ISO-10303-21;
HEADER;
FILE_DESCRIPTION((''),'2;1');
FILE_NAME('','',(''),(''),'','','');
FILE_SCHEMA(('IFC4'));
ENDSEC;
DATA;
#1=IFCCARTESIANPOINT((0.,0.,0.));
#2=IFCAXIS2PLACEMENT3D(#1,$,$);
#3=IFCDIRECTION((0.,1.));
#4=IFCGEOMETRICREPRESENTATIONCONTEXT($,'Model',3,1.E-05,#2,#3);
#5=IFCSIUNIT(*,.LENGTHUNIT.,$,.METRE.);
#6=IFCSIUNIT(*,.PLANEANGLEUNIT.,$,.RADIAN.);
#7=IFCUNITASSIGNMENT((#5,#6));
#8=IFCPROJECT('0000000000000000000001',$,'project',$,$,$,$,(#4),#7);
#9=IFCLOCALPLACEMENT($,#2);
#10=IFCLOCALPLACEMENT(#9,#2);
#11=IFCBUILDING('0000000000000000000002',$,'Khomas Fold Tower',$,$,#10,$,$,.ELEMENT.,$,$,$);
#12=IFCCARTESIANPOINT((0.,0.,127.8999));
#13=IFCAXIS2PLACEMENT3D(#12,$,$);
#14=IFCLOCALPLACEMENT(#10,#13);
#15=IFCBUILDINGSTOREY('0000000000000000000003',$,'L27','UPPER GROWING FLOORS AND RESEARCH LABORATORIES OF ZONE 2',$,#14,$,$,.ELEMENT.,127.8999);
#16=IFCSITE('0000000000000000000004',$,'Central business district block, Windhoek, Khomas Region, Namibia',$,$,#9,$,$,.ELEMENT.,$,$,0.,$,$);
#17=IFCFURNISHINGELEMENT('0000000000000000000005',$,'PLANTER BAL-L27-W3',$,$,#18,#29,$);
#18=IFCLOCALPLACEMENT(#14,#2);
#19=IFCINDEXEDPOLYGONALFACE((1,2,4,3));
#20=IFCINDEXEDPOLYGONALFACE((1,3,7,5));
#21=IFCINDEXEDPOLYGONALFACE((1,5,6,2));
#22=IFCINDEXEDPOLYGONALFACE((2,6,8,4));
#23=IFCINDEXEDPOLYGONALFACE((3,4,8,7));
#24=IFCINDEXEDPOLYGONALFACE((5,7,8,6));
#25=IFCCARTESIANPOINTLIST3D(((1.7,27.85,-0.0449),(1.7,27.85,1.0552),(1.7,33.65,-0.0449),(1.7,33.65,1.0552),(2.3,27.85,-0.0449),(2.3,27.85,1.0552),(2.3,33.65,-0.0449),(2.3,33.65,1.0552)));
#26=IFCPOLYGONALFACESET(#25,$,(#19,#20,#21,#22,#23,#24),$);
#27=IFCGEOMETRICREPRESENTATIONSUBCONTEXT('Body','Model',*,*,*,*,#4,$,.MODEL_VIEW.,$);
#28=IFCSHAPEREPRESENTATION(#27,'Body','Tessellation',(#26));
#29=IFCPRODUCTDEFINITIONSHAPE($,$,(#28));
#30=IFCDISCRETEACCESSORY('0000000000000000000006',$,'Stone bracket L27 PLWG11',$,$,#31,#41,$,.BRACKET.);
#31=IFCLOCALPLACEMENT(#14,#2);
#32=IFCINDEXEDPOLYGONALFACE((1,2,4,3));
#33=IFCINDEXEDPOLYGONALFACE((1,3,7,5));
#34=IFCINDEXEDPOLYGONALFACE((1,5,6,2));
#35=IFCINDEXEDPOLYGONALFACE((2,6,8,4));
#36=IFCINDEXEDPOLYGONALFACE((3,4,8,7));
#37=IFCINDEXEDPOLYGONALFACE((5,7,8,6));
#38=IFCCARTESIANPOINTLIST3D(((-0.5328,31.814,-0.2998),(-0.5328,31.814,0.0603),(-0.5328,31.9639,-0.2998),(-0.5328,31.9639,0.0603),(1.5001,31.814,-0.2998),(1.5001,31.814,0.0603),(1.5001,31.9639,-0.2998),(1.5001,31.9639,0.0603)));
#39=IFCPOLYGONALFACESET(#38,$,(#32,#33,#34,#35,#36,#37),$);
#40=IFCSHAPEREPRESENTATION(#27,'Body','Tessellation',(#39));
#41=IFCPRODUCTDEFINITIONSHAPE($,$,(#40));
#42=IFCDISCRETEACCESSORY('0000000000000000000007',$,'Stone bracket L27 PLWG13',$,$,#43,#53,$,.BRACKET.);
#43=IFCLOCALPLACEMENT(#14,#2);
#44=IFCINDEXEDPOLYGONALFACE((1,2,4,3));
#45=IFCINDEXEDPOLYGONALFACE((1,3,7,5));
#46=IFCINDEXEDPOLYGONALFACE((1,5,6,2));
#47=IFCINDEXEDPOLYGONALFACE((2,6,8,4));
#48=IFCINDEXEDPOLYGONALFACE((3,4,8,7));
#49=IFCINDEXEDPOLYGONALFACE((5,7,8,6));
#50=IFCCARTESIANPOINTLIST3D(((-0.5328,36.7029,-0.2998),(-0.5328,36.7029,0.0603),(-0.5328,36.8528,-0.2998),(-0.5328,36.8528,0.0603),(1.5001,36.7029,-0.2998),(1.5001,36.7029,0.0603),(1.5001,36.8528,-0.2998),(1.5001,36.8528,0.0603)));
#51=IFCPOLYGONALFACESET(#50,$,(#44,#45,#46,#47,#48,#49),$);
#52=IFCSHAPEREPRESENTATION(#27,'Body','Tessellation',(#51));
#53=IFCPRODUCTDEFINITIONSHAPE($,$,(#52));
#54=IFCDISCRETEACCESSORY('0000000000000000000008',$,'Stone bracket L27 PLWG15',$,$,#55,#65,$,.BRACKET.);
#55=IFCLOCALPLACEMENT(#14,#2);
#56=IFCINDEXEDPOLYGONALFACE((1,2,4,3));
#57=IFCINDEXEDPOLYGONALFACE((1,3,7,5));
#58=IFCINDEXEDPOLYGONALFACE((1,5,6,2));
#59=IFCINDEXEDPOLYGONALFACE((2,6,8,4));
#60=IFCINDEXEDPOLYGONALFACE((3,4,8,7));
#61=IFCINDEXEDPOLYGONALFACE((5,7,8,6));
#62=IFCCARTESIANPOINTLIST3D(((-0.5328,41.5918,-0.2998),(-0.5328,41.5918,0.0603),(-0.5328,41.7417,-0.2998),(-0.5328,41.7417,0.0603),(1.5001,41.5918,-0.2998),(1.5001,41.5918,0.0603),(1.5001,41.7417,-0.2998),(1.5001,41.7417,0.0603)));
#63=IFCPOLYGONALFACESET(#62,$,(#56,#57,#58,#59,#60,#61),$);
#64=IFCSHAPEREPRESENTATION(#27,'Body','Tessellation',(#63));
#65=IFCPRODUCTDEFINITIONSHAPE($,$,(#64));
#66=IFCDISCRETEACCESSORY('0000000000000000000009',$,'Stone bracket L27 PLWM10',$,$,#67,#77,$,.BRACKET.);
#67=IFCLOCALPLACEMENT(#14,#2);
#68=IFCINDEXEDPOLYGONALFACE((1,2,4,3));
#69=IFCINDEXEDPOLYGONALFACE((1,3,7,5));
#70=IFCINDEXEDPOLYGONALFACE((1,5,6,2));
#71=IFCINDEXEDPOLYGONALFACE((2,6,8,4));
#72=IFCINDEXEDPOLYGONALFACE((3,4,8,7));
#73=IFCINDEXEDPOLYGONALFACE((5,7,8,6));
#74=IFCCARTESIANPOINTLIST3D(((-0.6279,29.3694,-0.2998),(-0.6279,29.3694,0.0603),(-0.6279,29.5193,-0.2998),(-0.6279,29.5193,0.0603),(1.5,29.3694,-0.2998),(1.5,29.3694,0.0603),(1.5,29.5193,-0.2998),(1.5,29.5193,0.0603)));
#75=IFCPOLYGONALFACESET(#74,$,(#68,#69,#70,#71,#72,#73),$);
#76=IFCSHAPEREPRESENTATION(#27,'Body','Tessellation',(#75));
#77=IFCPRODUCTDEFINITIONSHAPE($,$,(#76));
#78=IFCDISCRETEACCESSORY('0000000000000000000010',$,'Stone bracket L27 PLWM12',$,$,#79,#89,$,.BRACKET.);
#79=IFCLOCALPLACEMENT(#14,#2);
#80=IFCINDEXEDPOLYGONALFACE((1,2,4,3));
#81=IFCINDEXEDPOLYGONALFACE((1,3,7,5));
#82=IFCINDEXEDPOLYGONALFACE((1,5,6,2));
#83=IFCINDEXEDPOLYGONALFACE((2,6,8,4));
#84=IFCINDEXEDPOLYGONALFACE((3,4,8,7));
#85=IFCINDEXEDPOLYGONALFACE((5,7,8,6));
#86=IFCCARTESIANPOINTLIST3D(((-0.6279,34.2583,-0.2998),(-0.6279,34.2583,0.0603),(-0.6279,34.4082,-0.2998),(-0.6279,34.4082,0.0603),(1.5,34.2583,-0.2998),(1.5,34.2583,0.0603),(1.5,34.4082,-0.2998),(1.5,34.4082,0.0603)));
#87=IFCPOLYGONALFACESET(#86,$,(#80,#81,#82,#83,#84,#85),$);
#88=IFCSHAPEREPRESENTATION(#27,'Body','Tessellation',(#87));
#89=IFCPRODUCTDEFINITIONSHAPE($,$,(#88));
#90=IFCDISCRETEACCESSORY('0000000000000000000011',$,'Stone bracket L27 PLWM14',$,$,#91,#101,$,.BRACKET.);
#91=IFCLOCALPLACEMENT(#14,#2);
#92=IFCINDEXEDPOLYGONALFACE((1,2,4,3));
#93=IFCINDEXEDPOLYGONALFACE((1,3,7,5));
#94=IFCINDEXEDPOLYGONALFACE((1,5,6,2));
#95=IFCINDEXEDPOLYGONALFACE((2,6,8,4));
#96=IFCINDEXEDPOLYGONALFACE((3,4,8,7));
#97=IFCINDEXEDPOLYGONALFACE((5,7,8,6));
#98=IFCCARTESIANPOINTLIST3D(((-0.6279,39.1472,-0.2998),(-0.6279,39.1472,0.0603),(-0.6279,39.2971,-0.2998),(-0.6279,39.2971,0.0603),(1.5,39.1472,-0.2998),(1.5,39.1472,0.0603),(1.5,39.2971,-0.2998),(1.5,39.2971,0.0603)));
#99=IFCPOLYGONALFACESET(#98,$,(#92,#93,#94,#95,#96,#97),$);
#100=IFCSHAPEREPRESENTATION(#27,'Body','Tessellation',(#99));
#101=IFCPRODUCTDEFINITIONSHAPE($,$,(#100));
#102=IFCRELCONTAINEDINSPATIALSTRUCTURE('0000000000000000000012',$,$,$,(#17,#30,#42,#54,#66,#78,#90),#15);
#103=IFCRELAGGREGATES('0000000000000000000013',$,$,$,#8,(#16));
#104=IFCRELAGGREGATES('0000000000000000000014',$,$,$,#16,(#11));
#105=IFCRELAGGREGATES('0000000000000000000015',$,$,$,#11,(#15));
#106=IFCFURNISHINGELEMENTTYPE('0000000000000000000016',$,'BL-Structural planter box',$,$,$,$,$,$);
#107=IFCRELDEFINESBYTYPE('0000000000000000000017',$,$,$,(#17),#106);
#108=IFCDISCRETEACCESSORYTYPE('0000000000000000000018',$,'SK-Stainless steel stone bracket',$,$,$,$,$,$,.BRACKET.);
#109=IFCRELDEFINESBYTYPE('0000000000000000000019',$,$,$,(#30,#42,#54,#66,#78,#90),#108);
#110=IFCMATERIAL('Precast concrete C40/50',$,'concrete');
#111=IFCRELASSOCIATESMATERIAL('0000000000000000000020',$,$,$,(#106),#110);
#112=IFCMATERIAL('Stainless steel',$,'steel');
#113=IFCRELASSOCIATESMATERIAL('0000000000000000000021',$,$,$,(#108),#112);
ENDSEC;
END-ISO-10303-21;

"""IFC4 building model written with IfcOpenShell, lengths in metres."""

from ifc_helpers import new_model, si_unit, direction, frame, origin, origin_2d, place, context, subcontext, project, spatial, rectangle, extrude, source, transform, mapped, material, type_object, element, save


model = new_model("IFC4")

# Units and contexts
model_context = context("Model", 3, precision=1e-05, world=origin(), true_north=direction((0.0, 1.0)))
body_context = subcontext(model_context, "Body", "Model", "MODEL_VIEW")
ifc_project = project(units=[si_unit("LENGTHUNIT", "METRE"), si_unit("PLANEANGLEUNIT", "RADIAN")], contexts=[model_context])

# Site, building, storey
site_placement = place(None, origin())
site = spatial("IfcSite", under=ifc_project, at=site_placement, Name="Central business district block, Windhoek, Khomas Region, Namibia", CompositionType="ELEMENT", RefElevation=0.0)
building_placement = place(site_placement, origin())
building = spatial("IfcBuilding", under=site, at=building_placement, Name="Khomas Fold Tower", CompositionType="ELEMENT")
storey_placement = place(building_placement, frame((0.0, 0.0, 127.8999)))
storey = spatial("IfcBuildingStorey", under=building, at=storey_placement, Name="L27", Description="UPPER GROWING FLOORS AND RESEARCH LABORATORIES OF ZONE 2", CompositionType="ELEMENT", Elevation=127.8999)

# Furnishing element
ifc_material_1 = material(Name="Precast concrete C40/50", Category="concrete")
furnishing_element_type_1 = type_object("IfcFurnishingElementType", Name="BL-Structural planter box", material=ifc_material_1)
shared_shape_1 = source(origin(), body_context, "Body", "SweptSolid", [
    extrude(rectangle(XDim=5.8, YDim=0.6001, at=origin_2d()), origin(), (0.0, 0.0, 1.0), 1.1001),
])
furnishing_1_placement = place(storey_placement, frame((2.0, 30.75, -0.0449), z_axis=(0.0, 0.0, 1.0), x_axis=(0.0, 1.0, 0.0)))
element("IfcFurnishingElement", 1, at=furnishing_1_placement, inside=storey, type_object=furnishing_element_type_1, Name="PLANTER BAL-L27-W3", context=body_context, shape_type="MappedRepresentation", body=[
    mapped(shared_shape_1, transform((0.0, 0.0, 0.0))),
])

# Discrete accessories
ifc_material_2 = material(Name="Stainless steel", Category="steel")
discrete_accessory_type = type_object("IfcDiscreteAccessoryType", Name="SK-Stainless steel stone bracket", PredefinedType="BRACKET", material=ifc_material_2)
shared_shape_2 = source(origin(), body_context, "Body", "SweptSolid", [
    extrude(rectangle(XDim=2.033, YDim=0.1499, at=origin_2d()), origin(), (0.0, 0.0, 1.0), 0.3601),
])
for number, where, z_axis, x_axis, name in (
    (2, (0.4836, 31.8889, -0.2998), (0.0, 0.0, 1.0), (-1.0, 0.0, 0.0), "Stone bracket L27 PLWG11"),
    (3, (0.4836, 36.7778, -0.2998), (0.0, 0.0, 1.0), (-1.0, 0.0, 0.0), "Stone bracket L27 PLWG13"),
    (4, (0.4836, 41.6667, -0.2998), (0.0, 0.0, 1.0), (-1.0, 0.0, 0.0), "Stone bracket L27 PLWG15"),
):
    element("IfcDiscreteAccessory", number, at=place(storey_placement, frame(where, z_axis=z_axis, x_axis=x_axis)), inside=storey, type_object=discrete_accessory_type, Name=name, PredefinedType="BRACKET", context=body_context, shape_type="MappedRepresentation", body=[
        mapped(shared_shape_2, transform((0.0, 0.0, 0.0))),
    ])
shared_shape_3 = source(origin(), body_context, "Body", "SweptSolid", [
    extrude(rectangle(XDim=2.1279, YDim=0.1499, at=origin_2d()), origin(), (0.0, 0.0, 1.0), 0.3601),
])
for number, where, z_axis, x_axis, name in (
    (5, (0.436, 29.4443, -0.2998), (0.0, 0.0, 1.0), (-1.0, 0.0, 0.0), "Stone bracket L27 PLWM10"),
    (6, (0.436, 34.3333, -0.2998), (0.0, 0.0, 1.0), (-1.0, 0.0, 0.0), "Stone bracket L27 PLWM12"),
    (7, (0.436, 39.2222, -0.2998), (0.0, 0.0, 1.0), (-1.0, 0.0, 0.0), "Stone bracket L27 PLWM14"),
):
    element("IfcDiscreteAccessory", number, at=place(storey_placement, frame(where, z_axis=z_axis, x_axis=x_axis)), inside=storey, type_object=discrete_accessory_type, Name=name, PredefinedType="BRACKET", context=body_context, shape_type="MappedRepresentation", body=[
        mapped(shared_shape_3, transform((0.0, 0.0, 0.0))),
    ])

save(model, "model.ifc")
